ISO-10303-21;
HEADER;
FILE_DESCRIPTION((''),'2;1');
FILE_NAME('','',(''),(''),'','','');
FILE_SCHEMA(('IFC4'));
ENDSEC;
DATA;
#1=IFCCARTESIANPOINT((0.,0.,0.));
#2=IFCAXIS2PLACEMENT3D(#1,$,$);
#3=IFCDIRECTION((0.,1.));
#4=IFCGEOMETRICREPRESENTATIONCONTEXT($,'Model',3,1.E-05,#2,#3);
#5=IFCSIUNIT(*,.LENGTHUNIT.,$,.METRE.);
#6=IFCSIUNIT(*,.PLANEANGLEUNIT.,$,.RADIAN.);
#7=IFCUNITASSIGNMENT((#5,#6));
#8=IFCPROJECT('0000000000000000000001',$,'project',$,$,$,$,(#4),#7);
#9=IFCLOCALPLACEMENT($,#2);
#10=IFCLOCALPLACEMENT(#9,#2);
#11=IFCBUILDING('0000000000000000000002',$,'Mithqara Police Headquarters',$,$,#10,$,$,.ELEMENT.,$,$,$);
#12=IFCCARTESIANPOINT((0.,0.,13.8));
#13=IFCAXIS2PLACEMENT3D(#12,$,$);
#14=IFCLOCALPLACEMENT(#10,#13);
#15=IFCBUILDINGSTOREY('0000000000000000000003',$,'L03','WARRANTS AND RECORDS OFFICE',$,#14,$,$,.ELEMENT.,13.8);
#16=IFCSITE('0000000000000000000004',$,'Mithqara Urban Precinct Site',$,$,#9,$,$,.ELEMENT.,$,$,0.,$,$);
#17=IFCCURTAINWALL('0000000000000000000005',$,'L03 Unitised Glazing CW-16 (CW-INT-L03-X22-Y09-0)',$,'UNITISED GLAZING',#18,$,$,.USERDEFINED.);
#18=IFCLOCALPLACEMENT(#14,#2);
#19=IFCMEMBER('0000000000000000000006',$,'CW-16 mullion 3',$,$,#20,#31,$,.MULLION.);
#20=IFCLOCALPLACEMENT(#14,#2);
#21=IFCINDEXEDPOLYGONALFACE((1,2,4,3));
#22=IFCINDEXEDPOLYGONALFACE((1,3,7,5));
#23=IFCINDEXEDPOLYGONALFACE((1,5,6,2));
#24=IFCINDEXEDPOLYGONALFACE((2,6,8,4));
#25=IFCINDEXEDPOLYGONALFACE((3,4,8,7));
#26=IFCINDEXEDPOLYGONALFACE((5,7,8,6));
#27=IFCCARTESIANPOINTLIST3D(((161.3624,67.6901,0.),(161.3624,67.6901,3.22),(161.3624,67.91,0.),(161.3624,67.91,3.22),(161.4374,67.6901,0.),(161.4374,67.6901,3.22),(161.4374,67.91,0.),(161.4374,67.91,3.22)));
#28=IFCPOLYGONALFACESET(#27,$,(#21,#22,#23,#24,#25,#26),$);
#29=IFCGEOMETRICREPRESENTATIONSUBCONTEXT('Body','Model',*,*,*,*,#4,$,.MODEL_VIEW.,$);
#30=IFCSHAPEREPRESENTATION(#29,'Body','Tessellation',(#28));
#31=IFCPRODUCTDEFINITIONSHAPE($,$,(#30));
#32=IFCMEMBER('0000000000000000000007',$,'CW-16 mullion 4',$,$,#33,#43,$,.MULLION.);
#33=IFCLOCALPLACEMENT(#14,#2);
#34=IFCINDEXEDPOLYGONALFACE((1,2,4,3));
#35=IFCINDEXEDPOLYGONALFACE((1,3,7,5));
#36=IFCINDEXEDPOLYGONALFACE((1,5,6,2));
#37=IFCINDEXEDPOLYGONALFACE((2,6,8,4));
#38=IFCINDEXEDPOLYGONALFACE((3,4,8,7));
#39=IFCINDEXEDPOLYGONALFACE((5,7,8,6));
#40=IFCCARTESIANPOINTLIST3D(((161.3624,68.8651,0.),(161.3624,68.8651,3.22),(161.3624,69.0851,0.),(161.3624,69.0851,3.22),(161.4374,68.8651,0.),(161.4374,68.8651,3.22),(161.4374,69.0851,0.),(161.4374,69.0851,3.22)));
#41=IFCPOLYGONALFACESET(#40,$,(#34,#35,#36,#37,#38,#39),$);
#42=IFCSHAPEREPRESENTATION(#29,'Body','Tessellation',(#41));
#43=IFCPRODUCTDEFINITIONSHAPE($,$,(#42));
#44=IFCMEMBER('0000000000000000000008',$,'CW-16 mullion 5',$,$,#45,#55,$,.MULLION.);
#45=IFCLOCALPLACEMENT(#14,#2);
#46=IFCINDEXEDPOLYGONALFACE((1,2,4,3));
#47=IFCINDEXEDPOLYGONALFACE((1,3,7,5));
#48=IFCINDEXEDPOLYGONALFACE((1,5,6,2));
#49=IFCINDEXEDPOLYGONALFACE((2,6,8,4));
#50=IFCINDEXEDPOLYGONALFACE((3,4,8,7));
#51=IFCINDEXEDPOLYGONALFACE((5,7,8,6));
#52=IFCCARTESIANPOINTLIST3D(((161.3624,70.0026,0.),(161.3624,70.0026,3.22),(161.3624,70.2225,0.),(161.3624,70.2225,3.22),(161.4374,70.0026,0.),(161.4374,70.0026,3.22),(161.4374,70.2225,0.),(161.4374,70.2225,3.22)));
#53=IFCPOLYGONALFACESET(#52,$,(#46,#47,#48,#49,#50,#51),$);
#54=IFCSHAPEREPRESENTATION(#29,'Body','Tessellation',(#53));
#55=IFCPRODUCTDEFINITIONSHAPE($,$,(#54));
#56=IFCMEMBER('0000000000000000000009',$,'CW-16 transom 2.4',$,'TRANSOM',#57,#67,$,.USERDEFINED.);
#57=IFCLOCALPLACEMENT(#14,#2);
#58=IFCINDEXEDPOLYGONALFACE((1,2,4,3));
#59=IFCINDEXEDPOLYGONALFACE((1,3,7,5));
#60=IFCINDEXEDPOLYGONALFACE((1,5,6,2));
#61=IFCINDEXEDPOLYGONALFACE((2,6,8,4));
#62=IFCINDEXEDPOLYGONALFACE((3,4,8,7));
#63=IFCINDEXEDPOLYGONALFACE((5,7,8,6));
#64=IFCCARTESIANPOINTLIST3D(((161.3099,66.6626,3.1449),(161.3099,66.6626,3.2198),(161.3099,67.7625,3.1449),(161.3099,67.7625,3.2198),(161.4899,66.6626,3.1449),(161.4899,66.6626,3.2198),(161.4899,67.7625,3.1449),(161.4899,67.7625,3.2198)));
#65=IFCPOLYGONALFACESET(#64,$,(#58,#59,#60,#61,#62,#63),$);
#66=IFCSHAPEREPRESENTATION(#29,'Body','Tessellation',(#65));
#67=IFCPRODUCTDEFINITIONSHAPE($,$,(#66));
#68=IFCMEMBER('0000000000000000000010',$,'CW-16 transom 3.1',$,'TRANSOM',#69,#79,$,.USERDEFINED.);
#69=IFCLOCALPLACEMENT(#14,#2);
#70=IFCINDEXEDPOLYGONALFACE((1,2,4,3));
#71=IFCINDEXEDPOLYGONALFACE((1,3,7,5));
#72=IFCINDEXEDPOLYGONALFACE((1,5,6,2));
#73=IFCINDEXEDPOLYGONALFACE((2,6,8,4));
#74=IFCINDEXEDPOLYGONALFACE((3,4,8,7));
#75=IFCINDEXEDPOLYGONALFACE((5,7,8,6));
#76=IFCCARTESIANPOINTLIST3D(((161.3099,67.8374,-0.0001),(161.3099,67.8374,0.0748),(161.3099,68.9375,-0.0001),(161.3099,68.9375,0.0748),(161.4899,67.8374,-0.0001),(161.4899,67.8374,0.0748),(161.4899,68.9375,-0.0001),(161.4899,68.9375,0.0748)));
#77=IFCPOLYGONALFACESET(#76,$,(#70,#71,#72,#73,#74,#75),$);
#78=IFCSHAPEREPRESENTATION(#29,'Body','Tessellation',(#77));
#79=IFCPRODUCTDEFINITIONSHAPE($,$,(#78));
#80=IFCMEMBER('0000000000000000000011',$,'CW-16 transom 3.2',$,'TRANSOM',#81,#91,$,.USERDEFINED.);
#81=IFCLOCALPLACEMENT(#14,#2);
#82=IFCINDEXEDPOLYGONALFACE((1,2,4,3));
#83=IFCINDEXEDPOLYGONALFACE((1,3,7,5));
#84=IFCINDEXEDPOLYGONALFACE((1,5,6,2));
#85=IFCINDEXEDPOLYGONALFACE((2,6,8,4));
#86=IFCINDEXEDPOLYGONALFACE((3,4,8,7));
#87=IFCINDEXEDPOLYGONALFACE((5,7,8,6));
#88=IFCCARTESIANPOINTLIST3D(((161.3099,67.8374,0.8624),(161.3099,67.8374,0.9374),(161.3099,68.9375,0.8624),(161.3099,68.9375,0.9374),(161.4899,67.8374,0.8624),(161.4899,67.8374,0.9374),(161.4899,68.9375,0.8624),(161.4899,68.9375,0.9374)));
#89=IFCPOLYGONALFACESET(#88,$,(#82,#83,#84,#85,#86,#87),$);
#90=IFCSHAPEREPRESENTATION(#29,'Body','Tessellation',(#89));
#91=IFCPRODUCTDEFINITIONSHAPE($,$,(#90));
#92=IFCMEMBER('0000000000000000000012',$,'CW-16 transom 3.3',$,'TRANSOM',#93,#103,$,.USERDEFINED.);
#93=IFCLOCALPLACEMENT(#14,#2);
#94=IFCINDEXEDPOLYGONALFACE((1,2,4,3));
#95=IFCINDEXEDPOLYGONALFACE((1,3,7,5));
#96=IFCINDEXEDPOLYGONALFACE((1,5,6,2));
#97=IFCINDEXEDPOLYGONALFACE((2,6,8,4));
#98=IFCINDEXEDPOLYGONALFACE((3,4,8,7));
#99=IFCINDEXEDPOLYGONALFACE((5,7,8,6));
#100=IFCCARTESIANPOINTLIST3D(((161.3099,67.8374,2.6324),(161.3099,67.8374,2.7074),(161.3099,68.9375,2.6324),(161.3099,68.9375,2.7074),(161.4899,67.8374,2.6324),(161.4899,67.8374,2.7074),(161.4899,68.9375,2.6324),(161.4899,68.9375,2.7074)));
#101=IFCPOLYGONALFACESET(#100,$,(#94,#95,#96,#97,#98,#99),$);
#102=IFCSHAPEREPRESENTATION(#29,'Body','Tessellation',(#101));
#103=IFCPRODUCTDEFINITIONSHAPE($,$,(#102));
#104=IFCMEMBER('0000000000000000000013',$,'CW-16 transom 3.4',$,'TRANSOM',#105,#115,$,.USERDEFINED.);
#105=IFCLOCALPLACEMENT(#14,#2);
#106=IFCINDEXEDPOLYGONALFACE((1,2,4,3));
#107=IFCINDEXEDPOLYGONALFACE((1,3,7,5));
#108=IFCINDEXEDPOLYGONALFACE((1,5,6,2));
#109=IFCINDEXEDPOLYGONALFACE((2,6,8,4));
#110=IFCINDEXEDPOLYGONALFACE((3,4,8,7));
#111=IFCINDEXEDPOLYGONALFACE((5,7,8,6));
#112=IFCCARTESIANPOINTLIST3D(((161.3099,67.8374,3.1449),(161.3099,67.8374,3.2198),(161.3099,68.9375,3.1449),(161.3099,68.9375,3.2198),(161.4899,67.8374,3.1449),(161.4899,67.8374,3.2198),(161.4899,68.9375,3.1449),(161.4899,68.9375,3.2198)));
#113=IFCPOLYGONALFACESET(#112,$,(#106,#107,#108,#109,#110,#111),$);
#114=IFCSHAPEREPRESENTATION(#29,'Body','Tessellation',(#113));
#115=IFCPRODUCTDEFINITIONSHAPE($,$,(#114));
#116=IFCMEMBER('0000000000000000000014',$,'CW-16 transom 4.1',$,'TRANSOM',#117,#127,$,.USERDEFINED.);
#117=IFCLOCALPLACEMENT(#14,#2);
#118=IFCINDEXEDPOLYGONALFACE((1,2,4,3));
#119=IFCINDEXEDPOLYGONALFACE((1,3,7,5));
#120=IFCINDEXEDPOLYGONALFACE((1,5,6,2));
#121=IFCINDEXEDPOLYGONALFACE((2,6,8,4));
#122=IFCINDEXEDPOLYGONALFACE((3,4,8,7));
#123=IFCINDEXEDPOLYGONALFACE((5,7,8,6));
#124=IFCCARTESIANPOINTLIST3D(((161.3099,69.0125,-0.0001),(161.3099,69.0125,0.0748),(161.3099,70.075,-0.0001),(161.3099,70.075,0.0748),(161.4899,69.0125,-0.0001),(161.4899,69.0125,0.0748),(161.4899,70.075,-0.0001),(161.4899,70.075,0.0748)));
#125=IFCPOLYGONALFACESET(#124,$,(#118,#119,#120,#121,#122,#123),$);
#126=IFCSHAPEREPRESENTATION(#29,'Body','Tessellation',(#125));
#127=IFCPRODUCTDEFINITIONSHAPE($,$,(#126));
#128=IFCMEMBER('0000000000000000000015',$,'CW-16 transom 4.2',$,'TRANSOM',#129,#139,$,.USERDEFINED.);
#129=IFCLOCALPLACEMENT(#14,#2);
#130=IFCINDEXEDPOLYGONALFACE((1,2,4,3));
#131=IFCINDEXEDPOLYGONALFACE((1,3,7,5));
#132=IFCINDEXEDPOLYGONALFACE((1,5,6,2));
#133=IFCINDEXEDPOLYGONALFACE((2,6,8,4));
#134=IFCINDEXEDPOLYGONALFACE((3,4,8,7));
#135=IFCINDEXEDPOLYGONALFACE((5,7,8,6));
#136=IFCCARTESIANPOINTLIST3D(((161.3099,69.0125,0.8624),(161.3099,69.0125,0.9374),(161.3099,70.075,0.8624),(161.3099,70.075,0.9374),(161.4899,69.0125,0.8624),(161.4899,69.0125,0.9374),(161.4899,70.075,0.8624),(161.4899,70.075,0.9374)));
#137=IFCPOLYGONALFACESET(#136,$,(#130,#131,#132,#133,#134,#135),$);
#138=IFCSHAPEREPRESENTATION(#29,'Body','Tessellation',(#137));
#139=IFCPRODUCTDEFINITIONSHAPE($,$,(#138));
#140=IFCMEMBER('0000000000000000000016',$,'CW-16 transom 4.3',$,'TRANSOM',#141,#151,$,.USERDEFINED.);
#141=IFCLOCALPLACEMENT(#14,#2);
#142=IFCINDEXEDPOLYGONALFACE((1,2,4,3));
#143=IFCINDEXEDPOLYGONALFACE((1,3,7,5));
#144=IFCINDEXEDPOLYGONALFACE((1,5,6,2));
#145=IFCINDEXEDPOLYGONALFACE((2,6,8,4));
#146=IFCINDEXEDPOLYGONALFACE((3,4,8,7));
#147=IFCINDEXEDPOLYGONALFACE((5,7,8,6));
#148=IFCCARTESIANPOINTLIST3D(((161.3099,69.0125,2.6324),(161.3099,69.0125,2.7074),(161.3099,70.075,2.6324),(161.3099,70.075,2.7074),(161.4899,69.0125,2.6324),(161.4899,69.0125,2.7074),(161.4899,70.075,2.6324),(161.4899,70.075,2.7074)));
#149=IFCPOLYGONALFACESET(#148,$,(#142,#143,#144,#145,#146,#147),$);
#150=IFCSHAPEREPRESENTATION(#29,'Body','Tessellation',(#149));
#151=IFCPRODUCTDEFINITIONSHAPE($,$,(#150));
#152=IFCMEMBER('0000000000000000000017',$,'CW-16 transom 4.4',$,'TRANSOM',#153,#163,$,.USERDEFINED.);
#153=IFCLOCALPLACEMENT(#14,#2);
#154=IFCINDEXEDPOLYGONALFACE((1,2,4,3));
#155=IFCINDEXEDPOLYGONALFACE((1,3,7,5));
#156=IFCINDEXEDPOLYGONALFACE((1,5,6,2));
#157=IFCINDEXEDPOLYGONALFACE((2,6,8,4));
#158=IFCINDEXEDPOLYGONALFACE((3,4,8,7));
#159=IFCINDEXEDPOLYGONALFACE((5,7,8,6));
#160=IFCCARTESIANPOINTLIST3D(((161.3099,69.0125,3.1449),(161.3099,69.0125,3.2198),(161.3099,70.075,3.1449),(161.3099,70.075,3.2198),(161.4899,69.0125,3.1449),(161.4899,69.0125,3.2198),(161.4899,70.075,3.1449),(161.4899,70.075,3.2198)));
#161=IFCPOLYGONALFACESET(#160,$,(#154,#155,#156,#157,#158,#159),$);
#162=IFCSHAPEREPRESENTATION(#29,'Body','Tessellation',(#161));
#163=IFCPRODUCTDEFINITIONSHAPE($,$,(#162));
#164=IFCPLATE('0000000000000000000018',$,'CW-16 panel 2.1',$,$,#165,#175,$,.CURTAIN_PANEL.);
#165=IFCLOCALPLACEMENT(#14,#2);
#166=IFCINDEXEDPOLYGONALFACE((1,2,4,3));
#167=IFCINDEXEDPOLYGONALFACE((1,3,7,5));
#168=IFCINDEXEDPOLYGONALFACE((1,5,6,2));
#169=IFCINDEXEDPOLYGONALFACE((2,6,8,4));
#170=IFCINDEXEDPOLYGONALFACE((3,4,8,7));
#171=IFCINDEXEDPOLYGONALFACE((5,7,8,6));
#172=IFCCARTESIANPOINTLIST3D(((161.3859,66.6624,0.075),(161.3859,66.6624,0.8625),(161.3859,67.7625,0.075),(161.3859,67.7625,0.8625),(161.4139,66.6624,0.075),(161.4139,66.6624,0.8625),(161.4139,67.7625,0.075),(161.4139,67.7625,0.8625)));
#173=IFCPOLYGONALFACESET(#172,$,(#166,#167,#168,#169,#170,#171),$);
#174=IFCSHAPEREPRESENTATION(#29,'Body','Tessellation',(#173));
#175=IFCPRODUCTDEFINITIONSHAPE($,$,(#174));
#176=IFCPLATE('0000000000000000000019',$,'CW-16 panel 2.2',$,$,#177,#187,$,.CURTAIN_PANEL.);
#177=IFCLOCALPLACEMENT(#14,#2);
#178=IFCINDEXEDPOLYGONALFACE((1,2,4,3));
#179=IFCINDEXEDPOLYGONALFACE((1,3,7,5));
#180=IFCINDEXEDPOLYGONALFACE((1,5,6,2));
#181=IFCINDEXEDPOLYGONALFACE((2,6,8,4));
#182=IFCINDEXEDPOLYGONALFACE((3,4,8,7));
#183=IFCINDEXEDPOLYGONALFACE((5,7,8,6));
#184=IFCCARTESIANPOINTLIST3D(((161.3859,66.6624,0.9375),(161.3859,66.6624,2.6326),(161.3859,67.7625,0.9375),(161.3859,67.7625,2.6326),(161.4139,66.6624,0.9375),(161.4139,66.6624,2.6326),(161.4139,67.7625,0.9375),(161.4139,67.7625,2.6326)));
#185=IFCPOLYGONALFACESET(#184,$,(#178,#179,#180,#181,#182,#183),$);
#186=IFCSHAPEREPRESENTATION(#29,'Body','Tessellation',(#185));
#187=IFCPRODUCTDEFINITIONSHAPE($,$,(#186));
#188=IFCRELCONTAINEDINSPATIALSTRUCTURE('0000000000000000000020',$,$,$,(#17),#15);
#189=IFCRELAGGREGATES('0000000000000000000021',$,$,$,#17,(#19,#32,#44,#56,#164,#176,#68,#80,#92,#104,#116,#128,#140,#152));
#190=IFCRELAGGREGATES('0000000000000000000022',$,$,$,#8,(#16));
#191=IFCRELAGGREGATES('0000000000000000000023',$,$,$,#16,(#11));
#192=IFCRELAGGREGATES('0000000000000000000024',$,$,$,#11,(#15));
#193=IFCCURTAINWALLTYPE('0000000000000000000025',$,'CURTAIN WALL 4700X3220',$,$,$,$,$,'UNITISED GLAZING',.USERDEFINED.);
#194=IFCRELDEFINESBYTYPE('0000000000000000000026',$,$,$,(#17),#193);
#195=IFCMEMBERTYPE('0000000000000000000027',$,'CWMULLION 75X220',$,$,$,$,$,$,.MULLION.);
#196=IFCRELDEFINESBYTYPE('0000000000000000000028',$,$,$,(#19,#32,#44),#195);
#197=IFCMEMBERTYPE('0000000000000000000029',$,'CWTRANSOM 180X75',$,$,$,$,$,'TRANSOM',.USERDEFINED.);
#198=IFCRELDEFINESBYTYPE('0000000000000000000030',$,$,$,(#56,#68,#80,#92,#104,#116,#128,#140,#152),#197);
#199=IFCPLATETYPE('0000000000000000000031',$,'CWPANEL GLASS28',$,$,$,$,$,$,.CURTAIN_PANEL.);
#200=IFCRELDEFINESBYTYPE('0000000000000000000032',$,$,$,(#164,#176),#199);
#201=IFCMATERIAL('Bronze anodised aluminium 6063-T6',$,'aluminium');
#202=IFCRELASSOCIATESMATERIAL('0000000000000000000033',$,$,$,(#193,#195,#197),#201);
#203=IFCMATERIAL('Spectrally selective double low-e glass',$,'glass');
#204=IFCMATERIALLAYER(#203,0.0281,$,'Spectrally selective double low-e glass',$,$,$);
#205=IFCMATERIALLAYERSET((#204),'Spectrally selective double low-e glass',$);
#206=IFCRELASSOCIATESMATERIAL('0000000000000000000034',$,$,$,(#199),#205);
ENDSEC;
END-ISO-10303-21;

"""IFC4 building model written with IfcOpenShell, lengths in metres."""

from ifc_helpers import new_model, si_unit, direction, frame, origin, origin_2d, place, context, subcontext, project, spatial, rectangle, extrude, material, layer, layer_set, material_profile, profile_set, type_object, element, aggregate, save


model = new_model("IFC4")

# Units and contexts
model_context = context("Model", 3, precision=1e-05, world=origin(), true_north=direction((0.0, 1.0)))
body_context = subcontext(model_context, "Body", "Model", "MODEL_VIEW")
ifc_project = project(units=[si_unit("LENGTHUNIT", "METRE"), si_unit("PLANEANGLEUNIT", "RADIAN")], contexts=[model_context])

# Site, building, storey
site_placement = place(None, origin())
site = spatial("IfcSite", under=ifc_project, at=site_placement, Name="Mithqara Urban Precinct Site", CompositionType="ELEMENT", RefElevation=0.0)
building_placement = place(site_placement, origin())
building = spatial("IfcBuilding", under=site, at=building_placement, Name="Mithqara Police Headquarters", CompositionType="ELEMENT")
storey_placement = place(building_placement, frame((0.0, 0.0, 13.8)))
storey = spatial("IfcBuildingStorey", under=building, at=storey_placement, Name="L03", Description="WARRANTS AND RECORDS OFFICE", CompositionType="ELEMENT", Elevation=13.8)

# Curtain wall, members, plates
ifc_material_1 = material(Name="Bronze anodised aluminium 6063-T6", Category="aluminium")
curtain_wall_type = type_object("IfcCurtainWallType", Name="CURTAIN WALL 4700X3220", ElementType="UNITISED GLAZING", PredefinedType="USERDEFINED", material=ifc_material_1)
curtain_wall_placement = place(storey_placement, origin())
curtain_wall = element("IfcCurtainWall", 1, at=curtain_wall_placement, inside=storey, type_object=curtain_wall_type, Name="L03 Unitised Glazing CW-16 (CW-INT-L03-X22-Y09-0)", ObjectType="UNITISED GLAZING", PredefinedType="USERDEFINED")
ifc_material_profile_1 = material_profile(ifc_material_1, rectangle(XDim=0.075, YDim=0.22, at=origin_2d()), Name="CWM 75x220")
ifc_profile_set_1 = profile_set([ifc_material_profile_1], Name="Bronze anodised aluminium 6063-T6")
member_type_1 = type_object("IfcMemberType", Name="CWMULLION 75X220", PredefinedType="MULLION", material=ifc_profile_set_1)
member_1_placement = place(storey_placement, frame((161.3999, 67.8, 0.0), z_axis=(0.0, 0.0, 1.0), x_axis=(-1.0, 0.0, 0.0)))
member_1 = element("IfcMember", 2, at=member_1_placement, type_object=member_type_1, Name="CW-16 mullion 3", PredefinedType="MULLION", context=body_context, shape_type="SweptSolid", body=[
    extrude(rectangle(XDim=0.075, YDim=0.22, at=origin_2d()), origin(), (0.0, 0.0, 1.0), 3.22),
])
member_2_placement = place(storey_placement, frame((161.3999, 68.9751, 0.0), z_axis=(0.0, 0.0, 1.0), x_axis=(-1.0, 0.0, 0.0)))
member_2 = element("IfcMember", 3, at=member_2_placement, type_object=member_type_1, Name="CW-16 mullion 4", PredefinedType="MULLION", context=body_context, shape_type="SweptSolid", body=[
    extrude(rectangle(XDim=0.075, YDim=0.22, at=origin_2d()), origin(), (0.0, 0.0, 1.0), 3.22),
])
member_3_placement = place(storey_placement, frame((161.3999, 70.1125, 0.0), z_axis=(0.0, 0.0, 1.0), x_axis=(-1.0, 0.0, 0.0)))
member_3 = element("IfcMember", 4, at=member_3_placement, type_object=member_type_1, Name="CW-16 mullion 5", PredefinedType="MULLION", context=body_context, shape_type="SweptSolid", body=[
    extrude(rectangle(XDim=0.075, YDim=0.22, at=origin_2d()), origin(), (0.0, 0.0, 1.0), 3.22),
])
ifc_material_profile_2 = material_profile(ifc_material_1, rectangle(XDim=0.1799, YDim=0.075, at=origin_2d()), Name="CWT 180x75")
ifc_profile_set_2 = profile_set([ifc_material_profile_2], Name="Bronze anodised aluminium 6063-T6")
member_type_2 = type_object("IfcMemberType", Name="CWTRANSOM 180X75", ElementType="TRANSOM", PredefinedType="USERDEFINED", material=ifc_profile_set_2)
member_4_placement = place(storey_placement, frame((161.3999, 66.6626, 3.1824), z_axis=(0.0, 1.0, 0.0), x_axis=(-1.0, 0.0, 0.0)))
member_4 = element("IfcMember", 5, at=member_4_placement, type_object=member_type_2, Name="CW-16 transom 2.4", ObjectType="TRANSOM", PredefinedType="USERDEFINED", context=body_context, shape_type="SweptSolid", body=[
    extrude(rectangle(XDim=0.1799, YDim=0.075, at=origin_2d()), origin(), (0.0, 0.0, 1.0), 1.0999),
])
member_5_placement = place(storey_placement, frame((161.3999, 67.8374, 0.0374), z_axis=(0.0, 1.0, 0.0), x_axis=(-1.0, 0.0, 0.0)))
member_5 = element("IfcMember", 6, at=member_5_placement, type_object=member_type_2, Name="CW-16 transom 3.1", ObjectType="TRANSOM", PredefinedType="USERDEFINED", context=body_context, shape_type="SweptSolid", body=[
    extrude(rectangle(XDim=0.1799, YDim=0.075, at=origin_2d()), origin(), (0.0, 0.0, 1.0), 1.1001),
])
member_6_placement = place(storey_placement, frame((161.3999, 67.8374, 0.8999), z_axis=(0.0, 1.0, 0.0), x_axis=(-1.0, 0.0, 0.0)))
member_6 = element("IfcMember", 7, at=member_6_placement, type_object=member_type_2, Name="CW-16 transom 3.2", ObjectType="TRANSOM", PredefinedType="USERDEFINED", context=body_context, shape_type="SweptSolid", body=[
    extrude(rectangle(XDim=0.1799, YDim=0.075, at=origin_2d()), origin(), (0.0, 0.0, 1.0), 1.1001),
])
member_7_placement = place(storey_placement, frame((161.3999, 67.8374, 2.6699), z_axis=(0.0, 1.0, 0.0), x_axis=(-1.0, 0.0, 0.0)))
member_7 = element("IfcMember", 8, at=member_7_placement, type_object=member_type_2, Name="CW-16 transom 3.3", ObjectType="TRANSOM", PredefinedType="USERDEFINED", context=body_context, shape_type="SweptSolid", body=[
    extrude(rectangle(XDim=0.1799, YDim=0.075, at=origin_2d()), origin(), (0.0, 0.0, 1.0), 1.1001),
])
member_8_placement = place(storey_placement, frame((161.3999, 67.8374, 3.1824), z_axis=(0.0, 1.0, 0.0), x_axis=(-1.0, 0.0, 0.0)))
member_8 = element("IfcMember", 9, at=member_8_placement, type_object=member_type_2, Name="CW-16 transom 3.4", ObjectType="TRANSOM", PredefinedType="USERDEFINED", context=body_context, shape_type="SweptSolid", body=[
    extrude(rectangle(XDim=0.1799, YDim=0.075, at=origin_2d()), origin(), (0.0, 0.0, 1.0), 1.1001),
])
member_9_placement = place(storey_placement, frame((161.3999, 69.0125, 0.0374), z_axis=(0.0, 1.0, 0.0), x_axis=(-1.0, 0.0, 0.0)))
member_9 = element("IfcMember", 10, at=member_9_placement, type_object=member_type_2, Name="CW-16 transom 4.1", ObjectType="TRANSOM", PredefinedType="USERDEFINED", context=body_context, shape_type="SweptSolid", body=[
    extrude(rectangle(XDim=0.1799, YDim=0.075, at=origin_2d()), origin(), (0.0, 0.0, 1.0), 1.0625),
])
member_10_placement = place(storey_placement, frame((161.3999, 69.0125, 0.8999), z_axis=(0.0, 1.0, 0.0), x_axis=(-1.0, 0.0, 0.0)))
member_10 = element("IfcMember", 11, at=member_10_placement, type_object=member_type_2, Name="CW-16 transom 4.2", ObjectType="TRANSOM", PredefinedType="USERDEFINED", context=body_context, shape_type="SweptSolid", body=[
    extrude(rectangle(XDim=0.1799, YDim=0.075, at=origin_2d()), origin(), (0.0, 0.0, 1.0), 1.0625),
])
member_11_placement = place(storey_placement, frame((161.3999, 69.0125, 2.6699), z_axis=(0.0, 1.0, 0.0), x_axis=(-1.0, 0.0, 0.0)))
member_11 = element("IfcMember", 12, at=member_11_placement, type_object=member_type_2, Name="CW-16 transom 4.3", ObjectType="TRANSOM", PredefinedType="USERDEFINED", context=body_context, shape_type="SweptSolid", body=[
    extrude(rectangle(XDim=0.1799, YDim=0.075, at=origin_2d()), origin(), (0.0, 0.0, 1.0), 1.0625),
])
member_12_placement = place(storey_placement, frame((161.3999, 69.0125, 3.1824), z_axis=(0.0, 1.0, 0.0), x_axis=(-1.0, 0.0, 0.0)))
member_12 = element("IfcMember", 13, at=member_12_placement, type_object=member_type_2, Name="CW-16 transom 4.4", ObjectType="TRANSOM", PredefinedType="USERDEFINED", context=body_context, shape_type="SweptSolid", body=[
    extrude(rectangle(XDim=0.1799, YDim=0.075, at=origin_2d()), origin(), (0.0, 0.0, 1.0), 1.0625),
])
ifc_material_2 = material(Name="Spectrally selective double low-e glass", Category="glass")
ifc_layer_1 = layer(ifc_material_2, 0.0281, Name="Spectrally selective double low-e glass")
ifc_layer_set_1 = layer_set([ifc_layer_1], Name="Spectrally selective double low-e glass")
plate_type = type_object("IfcPlateType", Name="CWPANEL GLASS28", PredefinedType="CURTAIN_PANEL", material=ifc_layer_set_1)
plate_1_placement = place(storey_placement, frame((161.3999, 67.2124, 0.075), z_axis=(0.0, 0.0, 1.0), x_axis=(0.0, 1.0, 0.0)))
plate_1 = element("IfcPlate", 14, at=plate_1_placement, type_object=plate_type, Name="CW-16 panel 2.1", PredefinedType="CURTAIN_PANEL", context=body_context, shape_type="SweptSolid", body=[
    extrude(rectangle(XDim=1.1001, YDim=0.0281, at=origin_2d()), origin(), (0.0, 0.0, 1.0), 0.7876),
])
plate_2_placement = place(storey_placement, frame((161.3999, 67.2124, 0.9375), z_axis=(0.0, 0.0, 1.0), x_axis=(0.0, 1.0, 0.0)))
plate_2 = element("IfcPlate", 15, at=plate_2_placement, type_object=plate_type, Name="CW-16 panel 2.2", PredefinedType="CURTAIN_PANEL", context=body_context, shape_type="SweptSolid", body=[
    extrude(rectangle(XDim=1.1001, YDim=0.0281, at=origin_2d()), origin(), (0.0, 0.0, 1.0), 1.6951),
])
aggregate(curtain_wall, [member_1, member_2, member_3, member_4, plate_1, plate_2, member_5, member_6, member_7, member_8, member_9, member_10, member_11, member_12])

save(model, "model.ifc")
